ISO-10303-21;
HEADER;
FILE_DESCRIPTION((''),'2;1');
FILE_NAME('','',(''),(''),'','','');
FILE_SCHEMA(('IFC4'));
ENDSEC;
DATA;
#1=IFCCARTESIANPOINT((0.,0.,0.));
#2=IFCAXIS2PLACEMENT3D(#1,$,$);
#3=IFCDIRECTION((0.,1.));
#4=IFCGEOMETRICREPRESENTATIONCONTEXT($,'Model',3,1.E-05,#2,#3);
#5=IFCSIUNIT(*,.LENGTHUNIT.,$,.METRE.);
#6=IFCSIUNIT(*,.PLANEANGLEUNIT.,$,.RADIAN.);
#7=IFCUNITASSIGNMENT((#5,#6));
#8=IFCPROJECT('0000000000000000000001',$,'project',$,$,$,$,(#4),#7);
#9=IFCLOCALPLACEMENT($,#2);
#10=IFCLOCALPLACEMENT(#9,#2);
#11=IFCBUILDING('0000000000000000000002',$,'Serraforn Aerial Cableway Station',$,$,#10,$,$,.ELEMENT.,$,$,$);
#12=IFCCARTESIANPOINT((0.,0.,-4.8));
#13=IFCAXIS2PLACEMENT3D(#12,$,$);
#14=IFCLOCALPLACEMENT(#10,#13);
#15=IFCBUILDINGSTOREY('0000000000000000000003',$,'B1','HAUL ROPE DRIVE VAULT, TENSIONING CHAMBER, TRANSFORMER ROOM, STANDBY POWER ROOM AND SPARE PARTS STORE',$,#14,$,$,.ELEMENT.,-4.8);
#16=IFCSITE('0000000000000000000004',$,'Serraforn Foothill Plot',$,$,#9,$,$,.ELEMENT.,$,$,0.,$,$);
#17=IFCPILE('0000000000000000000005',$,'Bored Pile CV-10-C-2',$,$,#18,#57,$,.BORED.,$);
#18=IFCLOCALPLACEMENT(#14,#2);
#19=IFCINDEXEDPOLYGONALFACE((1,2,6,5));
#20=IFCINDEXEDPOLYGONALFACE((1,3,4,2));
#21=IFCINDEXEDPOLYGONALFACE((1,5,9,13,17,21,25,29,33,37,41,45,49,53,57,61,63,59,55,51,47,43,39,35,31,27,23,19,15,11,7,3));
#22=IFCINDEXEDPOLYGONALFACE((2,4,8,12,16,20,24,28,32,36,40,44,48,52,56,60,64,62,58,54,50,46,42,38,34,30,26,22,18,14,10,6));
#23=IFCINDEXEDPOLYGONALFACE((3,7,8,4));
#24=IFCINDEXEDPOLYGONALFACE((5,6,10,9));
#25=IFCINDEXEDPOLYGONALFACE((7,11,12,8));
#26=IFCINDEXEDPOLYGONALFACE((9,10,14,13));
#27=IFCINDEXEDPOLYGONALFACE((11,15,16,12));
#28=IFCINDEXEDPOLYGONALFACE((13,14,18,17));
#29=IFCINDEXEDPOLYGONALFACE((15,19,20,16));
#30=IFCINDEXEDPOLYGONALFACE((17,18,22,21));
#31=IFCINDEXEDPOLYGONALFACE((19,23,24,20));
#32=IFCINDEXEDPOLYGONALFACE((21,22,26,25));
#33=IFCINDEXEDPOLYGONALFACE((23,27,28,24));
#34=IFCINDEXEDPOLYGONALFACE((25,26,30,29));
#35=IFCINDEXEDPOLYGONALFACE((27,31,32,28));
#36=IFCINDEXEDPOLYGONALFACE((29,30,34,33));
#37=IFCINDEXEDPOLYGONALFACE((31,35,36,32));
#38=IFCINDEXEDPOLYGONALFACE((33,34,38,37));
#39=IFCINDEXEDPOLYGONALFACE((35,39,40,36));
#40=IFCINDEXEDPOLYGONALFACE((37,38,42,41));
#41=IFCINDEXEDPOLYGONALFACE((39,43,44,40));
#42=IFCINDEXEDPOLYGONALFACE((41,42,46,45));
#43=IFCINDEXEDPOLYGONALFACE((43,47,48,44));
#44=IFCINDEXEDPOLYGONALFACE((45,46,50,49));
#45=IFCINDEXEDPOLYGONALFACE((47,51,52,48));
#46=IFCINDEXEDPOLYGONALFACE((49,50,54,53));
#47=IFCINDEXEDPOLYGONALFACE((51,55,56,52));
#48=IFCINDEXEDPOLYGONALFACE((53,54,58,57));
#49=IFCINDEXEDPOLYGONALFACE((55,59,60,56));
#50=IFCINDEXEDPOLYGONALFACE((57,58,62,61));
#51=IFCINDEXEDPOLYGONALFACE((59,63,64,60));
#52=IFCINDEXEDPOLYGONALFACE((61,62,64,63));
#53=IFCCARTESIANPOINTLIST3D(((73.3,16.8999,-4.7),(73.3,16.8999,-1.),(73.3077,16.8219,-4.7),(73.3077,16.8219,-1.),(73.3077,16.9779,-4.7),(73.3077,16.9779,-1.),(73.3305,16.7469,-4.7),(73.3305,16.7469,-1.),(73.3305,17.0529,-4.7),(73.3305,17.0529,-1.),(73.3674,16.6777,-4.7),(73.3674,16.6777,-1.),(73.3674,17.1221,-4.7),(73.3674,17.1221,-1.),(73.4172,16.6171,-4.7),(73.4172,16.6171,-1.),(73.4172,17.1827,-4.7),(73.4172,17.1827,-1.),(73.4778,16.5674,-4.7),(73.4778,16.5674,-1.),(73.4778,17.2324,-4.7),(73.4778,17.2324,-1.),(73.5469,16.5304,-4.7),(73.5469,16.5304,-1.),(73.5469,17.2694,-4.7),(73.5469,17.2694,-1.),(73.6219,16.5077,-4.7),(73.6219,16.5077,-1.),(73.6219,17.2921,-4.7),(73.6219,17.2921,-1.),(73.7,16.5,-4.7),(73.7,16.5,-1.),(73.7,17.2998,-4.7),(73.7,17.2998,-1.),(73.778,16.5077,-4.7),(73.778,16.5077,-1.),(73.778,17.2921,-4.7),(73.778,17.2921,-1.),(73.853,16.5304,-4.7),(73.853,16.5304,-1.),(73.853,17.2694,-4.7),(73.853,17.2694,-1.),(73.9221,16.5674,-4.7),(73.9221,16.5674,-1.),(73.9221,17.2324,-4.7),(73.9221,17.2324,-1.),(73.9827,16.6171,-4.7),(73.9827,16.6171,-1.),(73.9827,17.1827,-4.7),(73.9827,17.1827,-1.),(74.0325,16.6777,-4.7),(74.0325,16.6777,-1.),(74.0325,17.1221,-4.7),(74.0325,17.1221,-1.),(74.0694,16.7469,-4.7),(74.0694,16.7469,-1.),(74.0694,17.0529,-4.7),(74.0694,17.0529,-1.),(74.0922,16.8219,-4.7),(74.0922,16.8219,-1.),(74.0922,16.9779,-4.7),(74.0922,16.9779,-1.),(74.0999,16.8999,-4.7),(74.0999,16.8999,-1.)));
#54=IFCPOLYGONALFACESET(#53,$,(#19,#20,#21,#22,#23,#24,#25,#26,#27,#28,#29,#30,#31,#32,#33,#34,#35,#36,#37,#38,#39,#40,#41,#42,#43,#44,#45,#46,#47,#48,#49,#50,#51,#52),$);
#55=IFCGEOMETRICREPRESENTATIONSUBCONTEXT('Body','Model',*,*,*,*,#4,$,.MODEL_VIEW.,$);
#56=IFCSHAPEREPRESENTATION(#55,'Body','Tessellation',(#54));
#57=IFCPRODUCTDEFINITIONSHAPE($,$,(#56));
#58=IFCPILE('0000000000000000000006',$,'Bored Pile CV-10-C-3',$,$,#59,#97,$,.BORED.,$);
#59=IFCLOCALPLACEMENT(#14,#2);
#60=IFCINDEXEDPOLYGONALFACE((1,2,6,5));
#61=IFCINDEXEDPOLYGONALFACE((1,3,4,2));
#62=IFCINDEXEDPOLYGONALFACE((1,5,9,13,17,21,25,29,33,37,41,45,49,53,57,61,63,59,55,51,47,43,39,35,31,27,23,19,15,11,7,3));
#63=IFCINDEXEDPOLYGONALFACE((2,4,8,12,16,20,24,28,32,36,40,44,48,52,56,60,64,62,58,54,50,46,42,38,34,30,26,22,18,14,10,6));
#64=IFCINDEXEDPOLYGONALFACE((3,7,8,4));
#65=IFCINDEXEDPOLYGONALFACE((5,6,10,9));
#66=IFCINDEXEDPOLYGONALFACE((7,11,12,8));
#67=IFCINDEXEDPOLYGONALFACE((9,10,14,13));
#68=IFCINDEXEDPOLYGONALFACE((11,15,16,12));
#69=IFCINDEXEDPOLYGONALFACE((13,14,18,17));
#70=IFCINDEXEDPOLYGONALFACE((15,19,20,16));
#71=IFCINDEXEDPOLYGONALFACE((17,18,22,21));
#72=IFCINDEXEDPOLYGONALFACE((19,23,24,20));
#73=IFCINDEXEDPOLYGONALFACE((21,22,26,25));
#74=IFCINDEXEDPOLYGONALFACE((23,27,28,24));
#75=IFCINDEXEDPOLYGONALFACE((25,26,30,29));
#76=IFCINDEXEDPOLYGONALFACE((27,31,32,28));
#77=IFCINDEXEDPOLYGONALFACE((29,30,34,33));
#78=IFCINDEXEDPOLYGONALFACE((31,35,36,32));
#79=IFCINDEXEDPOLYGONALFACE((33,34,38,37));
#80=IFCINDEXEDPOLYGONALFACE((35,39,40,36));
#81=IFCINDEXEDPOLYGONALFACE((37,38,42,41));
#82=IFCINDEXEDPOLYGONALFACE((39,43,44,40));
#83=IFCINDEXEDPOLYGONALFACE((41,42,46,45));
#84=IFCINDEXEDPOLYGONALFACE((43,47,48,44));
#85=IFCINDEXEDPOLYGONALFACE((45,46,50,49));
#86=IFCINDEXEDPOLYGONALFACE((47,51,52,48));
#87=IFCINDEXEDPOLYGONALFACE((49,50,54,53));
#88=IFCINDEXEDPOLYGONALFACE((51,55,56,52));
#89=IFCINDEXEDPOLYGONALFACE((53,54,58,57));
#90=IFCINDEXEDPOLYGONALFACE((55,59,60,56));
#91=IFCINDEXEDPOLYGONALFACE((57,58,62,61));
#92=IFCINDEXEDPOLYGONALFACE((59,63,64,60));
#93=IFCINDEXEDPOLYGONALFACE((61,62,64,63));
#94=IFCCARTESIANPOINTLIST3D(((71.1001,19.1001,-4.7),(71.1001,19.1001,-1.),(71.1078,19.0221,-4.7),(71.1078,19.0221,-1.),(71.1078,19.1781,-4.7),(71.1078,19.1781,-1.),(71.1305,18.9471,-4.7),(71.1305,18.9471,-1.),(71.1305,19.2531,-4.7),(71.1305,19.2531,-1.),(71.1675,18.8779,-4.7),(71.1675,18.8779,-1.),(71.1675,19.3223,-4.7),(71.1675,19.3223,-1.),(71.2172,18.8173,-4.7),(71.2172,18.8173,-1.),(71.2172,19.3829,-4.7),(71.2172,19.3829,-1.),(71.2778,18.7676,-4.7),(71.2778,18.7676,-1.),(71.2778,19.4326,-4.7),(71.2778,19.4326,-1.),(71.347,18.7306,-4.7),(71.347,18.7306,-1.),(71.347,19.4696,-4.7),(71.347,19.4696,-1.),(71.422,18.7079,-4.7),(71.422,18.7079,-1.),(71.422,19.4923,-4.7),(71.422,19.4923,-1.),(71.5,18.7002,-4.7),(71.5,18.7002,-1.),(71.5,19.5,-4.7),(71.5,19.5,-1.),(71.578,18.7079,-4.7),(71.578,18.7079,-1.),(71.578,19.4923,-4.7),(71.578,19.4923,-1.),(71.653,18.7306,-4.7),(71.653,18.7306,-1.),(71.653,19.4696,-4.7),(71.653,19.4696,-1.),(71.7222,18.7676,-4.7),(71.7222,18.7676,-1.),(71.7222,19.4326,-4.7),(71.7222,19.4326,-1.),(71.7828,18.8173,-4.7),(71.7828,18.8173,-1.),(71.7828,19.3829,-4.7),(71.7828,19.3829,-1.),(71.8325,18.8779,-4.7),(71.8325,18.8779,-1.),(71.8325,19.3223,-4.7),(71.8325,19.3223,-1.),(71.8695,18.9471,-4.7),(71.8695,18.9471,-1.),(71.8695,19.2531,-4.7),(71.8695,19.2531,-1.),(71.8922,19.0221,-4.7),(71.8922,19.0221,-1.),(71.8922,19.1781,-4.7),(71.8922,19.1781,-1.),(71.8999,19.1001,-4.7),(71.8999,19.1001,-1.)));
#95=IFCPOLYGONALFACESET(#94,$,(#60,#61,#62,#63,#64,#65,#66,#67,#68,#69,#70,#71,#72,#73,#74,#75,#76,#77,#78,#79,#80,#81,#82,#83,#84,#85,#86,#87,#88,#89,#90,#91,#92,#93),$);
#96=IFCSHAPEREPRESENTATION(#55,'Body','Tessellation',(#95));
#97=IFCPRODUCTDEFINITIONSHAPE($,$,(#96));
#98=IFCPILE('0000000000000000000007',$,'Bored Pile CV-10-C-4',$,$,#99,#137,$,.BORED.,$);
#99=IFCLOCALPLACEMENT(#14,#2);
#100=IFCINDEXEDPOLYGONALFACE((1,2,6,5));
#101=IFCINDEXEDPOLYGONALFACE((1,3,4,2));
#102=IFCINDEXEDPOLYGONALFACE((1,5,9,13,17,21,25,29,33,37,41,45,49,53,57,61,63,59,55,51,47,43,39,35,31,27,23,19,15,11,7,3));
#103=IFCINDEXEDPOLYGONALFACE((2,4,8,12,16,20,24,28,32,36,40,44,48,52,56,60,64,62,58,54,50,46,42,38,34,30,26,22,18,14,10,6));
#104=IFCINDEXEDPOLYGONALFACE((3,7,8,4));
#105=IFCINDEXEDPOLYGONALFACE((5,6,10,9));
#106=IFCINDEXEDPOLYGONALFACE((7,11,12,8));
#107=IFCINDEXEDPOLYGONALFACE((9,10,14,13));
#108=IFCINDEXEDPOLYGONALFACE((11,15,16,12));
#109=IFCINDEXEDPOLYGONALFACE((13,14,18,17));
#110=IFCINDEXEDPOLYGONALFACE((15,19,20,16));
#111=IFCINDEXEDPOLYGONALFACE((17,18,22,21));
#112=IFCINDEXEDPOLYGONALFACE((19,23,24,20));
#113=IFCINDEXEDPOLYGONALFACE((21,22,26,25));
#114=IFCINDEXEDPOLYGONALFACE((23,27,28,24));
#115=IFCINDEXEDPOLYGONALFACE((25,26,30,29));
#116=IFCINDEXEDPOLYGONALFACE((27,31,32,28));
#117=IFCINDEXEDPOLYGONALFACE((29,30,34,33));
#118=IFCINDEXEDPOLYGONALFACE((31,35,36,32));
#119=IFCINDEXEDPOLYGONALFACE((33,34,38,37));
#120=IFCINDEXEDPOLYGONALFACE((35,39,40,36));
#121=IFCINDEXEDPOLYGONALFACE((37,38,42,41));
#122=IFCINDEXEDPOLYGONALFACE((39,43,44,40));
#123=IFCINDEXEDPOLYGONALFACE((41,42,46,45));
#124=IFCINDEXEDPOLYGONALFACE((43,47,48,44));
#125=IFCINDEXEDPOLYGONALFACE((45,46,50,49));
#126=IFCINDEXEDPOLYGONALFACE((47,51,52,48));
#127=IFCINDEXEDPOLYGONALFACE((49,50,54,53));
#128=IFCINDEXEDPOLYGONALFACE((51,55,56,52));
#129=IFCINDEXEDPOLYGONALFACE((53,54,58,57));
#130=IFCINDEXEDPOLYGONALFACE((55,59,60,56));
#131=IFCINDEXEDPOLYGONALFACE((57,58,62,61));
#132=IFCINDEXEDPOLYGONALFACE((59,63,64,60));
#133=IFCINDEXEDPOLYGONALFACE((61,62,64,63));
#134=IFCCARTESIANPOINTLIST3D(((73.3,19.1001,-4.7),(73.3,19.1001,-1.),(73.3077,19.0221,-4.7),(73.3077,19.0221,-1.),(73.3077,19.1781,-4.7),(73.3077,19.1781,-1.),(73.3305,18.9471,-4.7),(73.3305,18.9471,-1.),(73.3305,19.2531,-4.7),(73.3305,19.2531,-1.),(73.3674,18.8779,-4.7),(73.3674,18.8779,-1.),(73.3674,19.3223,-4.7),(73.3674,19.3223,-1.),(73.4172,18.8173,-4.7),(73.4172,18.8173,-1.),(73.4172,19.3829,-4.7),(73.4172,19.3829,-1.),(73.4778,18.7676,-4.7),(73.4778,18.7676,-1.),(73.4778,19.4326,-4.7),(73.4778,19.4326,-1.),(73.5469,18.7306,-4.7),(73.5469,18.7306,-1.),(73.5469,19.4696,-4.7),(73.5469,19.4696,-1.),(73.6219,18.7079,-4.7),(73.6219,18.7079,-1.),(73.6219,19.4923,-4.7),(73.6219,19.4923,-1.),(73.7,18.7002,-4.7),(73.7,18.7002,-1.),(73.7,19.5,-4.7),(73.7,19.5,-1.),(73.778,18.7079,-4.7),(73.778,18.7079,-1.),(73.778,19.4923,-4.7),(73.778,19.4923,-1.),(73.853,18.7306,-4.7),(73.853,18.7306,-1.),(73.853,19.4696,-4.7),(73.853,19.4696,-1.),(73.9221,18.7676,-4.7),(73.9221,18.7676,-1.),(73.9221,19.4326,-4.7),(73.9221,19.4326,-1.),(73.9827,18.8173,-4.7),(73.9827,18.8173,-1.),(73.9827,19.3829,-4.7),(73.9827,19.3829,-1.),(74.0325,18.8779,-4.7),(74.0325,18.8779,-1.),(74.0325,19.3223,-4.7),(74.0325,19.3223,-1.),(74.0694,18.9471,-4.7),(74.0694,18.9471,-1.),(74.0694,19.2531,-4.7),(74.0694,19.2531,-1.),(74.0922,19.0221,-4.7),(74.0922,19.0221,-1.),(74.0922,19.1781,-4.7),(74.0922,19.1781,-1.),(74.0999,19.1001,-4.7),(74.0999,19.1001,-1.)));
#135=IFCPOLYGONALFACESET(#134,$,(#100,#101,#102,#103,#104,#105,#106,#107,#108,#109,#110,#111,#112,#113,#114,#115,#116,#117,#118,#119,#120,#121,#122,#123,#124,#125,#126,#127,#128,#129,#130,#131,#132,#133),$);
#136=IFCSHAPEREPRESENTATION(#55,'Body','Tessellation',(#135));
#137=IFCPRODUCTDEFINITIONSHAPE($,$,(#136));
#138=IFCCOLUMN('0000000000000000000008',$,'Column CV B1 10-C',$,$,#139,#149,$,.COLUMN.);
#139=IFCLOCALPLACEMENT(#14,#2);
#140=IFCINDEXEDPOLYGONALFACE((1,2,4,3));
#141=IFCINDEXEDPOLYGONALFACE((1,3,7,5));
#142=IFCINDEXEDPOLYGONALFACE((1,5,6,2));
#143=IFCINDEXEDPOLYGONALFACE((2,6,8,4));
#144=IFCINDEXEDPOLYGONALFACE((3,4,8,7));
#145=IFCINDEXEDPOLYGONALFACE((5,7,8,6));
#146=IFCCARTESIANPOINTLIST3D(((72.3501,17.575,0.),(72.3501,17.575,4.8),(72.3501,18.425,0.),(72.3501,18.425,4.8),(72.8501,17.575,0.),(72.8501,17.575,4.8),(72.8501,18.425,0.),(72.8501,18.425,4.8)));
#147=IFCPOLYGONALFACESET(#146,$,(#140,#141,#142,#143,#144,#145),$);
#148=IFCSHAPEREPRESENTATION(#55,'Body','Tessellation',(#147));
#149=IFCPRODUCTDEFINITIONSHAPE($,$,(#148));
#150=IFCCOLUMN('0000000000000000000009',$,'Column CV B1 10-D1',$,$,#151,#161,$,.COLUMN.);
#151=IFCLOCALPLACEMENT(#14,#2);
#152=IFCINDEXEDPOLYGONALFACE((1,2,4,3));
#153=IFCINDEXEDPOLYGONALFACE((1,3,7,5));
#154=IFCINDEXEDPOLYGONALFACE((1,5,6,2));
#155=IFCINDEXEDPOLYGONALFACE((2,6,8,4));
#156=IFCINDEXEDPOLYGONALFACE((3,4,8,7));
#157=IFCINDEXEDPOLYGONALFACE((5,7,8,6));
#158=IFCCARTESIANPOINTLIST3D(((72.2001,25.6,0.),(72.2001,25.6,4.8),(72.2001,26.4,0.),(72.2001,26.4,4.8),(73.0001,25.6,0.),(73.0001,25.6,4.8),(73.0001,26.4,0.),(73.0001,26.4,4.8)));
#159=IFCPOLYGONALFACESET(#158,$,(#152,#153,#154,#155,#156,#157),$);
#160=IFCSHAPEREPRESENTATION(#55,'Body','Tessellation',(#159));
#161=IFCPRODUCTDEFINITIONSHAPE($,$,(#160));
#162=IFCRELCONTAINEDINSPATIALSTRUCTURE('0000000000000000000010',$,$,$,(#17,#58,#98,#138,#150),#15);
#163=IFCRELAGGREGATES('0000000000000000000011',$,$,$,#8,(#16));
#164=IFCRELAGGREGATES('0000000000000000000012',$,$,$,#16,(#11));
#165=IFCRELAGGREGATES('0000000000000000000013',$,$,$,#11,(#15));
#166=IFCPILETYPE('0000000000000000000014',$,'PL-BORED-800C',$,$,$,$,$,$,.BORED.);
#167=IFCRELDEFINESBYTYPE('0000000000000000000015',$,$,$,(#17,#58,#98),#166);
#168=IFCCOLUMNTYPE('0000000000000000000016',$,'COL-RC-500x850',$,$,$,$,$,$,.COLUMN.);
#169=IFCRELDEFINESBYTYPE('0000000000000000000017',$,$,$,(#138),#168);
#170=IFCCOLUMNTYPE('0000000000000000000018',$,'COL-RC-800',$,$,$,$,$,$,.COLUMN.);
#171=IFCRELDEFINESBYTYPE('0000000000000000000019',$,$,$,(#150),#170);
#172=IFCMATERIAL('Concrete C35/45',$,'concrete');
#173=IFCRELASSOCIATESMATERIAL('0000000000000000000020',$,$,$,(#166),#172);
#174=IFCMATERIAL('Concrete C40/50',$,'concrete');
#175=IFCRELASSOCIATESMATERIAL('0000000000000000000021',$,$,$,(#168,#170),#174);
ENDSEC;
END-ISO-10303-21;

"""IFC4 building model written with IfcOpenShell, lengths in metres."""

from ifc_helpers import new_model, si_unit, direction, frame, origin, origin_2d, place, context, subcontext, project, spatial, rectangle, circle, extrude, material, material_profile, profile_set, type_object, element, save


model = new_model("IFC4")

# Units and contexts
model_context = context("Model", 3, precision=1e-05, world=origin(), true_north=direction((0.0, 1.0)))
body_context = subcontext(model_context, "Body", "Model", "MODEL_VIEW")
ifc_project = project(units=[si_unit("LENGTHUNIT", "METRE"), si_unit("PLANEANGLEUNIT", "RADIAN")], contexts=[model_context])

# Site, building, storey
site_placement = place(None, origin())
site = spatial("IfcSite", under=ifc_project, at=site_placement, Name="Serraforn Foothill Plot", CompositionType="ELEMENT", RefElevation=0.0)
building_placement = place(site_placement, origin())
building = spatial("IfcBuilding", under=site, at=building_placement, Name="Serraforn Aerial Cableway Station", CompositionType="ELEMENT")
storey_placement = place(building_placement, frame((0.0, 0.0, -4.8)))
storey = spatial("IfcBuildingStorey", under=building, at=storey_placement, Name="B1", Description="HAUL ROPE DRIVE VAULT, TENSIONING CHAMBER, TRANSFORMER ROOM, STANDBY POWER ROOM AND SPARE PARTS STORE", CompositionType="ELEMENT", Elevation=-4.8)

# Shared definitions
ifc_material_1 = material(Name="Concrete C35/45", Category="concrete")
ifc_material_2 = material(Name="Concrete C40/50", Category="concrete")

# Piles
ifc_material_profile_1 = material_profile(ifc_material_1, circle(Radius=0.3999, at=origin_2d()), Name="BORED PILE D800")
ifc_profile_set_1 = profile_set([ifc_material_profile_1], Name="Concrete C35/45")
pile_type_1 = type_object("IfcPileType", Name="PL-BORED-800C", PredefinedType="BORED", material=ifc_profile_set_1)
for number, where, z_axis, x_axis, name in (
    (1, (73.7, 16.8999, -1.0), (0.0, 0.0, -1.0), (1.0, 0.0, 0.0), "Bored Pile CV-10-C-2"),
    (2, (71.5, 19.1001, -1.0), (0.0, 0.0, -1.0), (1.0, 0.0, 0.0), "Bored Pile CV-10-C-3"),
    (3, (73.7, 19.1001, -1.0), (0.0, 0.0, -1.0), (1.0, 0.0, 0.0), "Bored Pile CV-10-C-4"),
):
    element("IfcPile", number, at=place(storey_placement, frame(where, z_axis=z_axis, x_axis=x_axis)), inside=storey, type_object=pile_type_1, Name=name, PredefinedType="BORED", context=body_context, shape_type="SweptSolid", body=[
        extrude(circle(Radius=0.3999, at=origin_2d()), origin(), (0.0, 0.0, 1.0), 3.7),
    ])

# Columns
ifc_material_profile_2 = material_profile(ifc_material_2, rectangle(XDim=0.5, YDim=0.8501, at=origin_2d()), Name="RC 500x850")
ifc_profile_set_2 = profile_set([ifc_material_profile_2], Name="Concrete C40/50")
column_type_1 = type_object("IfcColumnType", Name="COL-RC-500x850", PredefinedType="COLUMN", material=ifc_profile_set_2)
column_1_placement = place(storey_placement, frame((72.6001, 18.0, 0.0), z_axis=(0.0, 0.0, 1.0), x_axis=(1.0, 0.0, 0.0)))
element("IfcColumn", 4, at=column_1_placement, inside=storey, type_object=column_type_1, Name="Column CV B1 10-C", PredefinedType="COLUMN", context=body_context, shape_type="SweptSolid", body=[
    extrude(rectangle(XDim=0.5, YDim=0.8501, at=origin_2d()), origin(), (0.0, 0.0, 1.0), 4.8),
])
ifc_material_profile_3 = material_profile(ifc_material_2, rectangle(XDim=0.8, YDim=0.8, at=origin_2d()), Name="RC 800x800")
ifc_profile_set_3 = profile_set([ifc_material_profile_3], Name="Concrete C40/50")
column_type_2 = type_object("IfcColumnType", Name="COL-RC-800", PredefinedType="COLUMN", material=ifc_profile_set_3)
column_2_placement = place(storey_placement, frame((72.6001, 26.0, 0.0), z_axis=(0.0, 0.0, 1.0), x_axis=(1.0, 0.0, 0.0)))
element("IfcColumn", 5, at=column_2_placement, inside=storey, type_object=column_type_2, Name="Column CV B1 10-D1", PredefinedType="COLUMN", context=body_context, shape_type="SweptSolid", body=[
    extrude(rectangle(XDim=0.8, YDim=0.8, at=origin_2d()), origin(), (0.0, 0.0, 1.0), 4.8),
])

save(model, "model.ifc")
